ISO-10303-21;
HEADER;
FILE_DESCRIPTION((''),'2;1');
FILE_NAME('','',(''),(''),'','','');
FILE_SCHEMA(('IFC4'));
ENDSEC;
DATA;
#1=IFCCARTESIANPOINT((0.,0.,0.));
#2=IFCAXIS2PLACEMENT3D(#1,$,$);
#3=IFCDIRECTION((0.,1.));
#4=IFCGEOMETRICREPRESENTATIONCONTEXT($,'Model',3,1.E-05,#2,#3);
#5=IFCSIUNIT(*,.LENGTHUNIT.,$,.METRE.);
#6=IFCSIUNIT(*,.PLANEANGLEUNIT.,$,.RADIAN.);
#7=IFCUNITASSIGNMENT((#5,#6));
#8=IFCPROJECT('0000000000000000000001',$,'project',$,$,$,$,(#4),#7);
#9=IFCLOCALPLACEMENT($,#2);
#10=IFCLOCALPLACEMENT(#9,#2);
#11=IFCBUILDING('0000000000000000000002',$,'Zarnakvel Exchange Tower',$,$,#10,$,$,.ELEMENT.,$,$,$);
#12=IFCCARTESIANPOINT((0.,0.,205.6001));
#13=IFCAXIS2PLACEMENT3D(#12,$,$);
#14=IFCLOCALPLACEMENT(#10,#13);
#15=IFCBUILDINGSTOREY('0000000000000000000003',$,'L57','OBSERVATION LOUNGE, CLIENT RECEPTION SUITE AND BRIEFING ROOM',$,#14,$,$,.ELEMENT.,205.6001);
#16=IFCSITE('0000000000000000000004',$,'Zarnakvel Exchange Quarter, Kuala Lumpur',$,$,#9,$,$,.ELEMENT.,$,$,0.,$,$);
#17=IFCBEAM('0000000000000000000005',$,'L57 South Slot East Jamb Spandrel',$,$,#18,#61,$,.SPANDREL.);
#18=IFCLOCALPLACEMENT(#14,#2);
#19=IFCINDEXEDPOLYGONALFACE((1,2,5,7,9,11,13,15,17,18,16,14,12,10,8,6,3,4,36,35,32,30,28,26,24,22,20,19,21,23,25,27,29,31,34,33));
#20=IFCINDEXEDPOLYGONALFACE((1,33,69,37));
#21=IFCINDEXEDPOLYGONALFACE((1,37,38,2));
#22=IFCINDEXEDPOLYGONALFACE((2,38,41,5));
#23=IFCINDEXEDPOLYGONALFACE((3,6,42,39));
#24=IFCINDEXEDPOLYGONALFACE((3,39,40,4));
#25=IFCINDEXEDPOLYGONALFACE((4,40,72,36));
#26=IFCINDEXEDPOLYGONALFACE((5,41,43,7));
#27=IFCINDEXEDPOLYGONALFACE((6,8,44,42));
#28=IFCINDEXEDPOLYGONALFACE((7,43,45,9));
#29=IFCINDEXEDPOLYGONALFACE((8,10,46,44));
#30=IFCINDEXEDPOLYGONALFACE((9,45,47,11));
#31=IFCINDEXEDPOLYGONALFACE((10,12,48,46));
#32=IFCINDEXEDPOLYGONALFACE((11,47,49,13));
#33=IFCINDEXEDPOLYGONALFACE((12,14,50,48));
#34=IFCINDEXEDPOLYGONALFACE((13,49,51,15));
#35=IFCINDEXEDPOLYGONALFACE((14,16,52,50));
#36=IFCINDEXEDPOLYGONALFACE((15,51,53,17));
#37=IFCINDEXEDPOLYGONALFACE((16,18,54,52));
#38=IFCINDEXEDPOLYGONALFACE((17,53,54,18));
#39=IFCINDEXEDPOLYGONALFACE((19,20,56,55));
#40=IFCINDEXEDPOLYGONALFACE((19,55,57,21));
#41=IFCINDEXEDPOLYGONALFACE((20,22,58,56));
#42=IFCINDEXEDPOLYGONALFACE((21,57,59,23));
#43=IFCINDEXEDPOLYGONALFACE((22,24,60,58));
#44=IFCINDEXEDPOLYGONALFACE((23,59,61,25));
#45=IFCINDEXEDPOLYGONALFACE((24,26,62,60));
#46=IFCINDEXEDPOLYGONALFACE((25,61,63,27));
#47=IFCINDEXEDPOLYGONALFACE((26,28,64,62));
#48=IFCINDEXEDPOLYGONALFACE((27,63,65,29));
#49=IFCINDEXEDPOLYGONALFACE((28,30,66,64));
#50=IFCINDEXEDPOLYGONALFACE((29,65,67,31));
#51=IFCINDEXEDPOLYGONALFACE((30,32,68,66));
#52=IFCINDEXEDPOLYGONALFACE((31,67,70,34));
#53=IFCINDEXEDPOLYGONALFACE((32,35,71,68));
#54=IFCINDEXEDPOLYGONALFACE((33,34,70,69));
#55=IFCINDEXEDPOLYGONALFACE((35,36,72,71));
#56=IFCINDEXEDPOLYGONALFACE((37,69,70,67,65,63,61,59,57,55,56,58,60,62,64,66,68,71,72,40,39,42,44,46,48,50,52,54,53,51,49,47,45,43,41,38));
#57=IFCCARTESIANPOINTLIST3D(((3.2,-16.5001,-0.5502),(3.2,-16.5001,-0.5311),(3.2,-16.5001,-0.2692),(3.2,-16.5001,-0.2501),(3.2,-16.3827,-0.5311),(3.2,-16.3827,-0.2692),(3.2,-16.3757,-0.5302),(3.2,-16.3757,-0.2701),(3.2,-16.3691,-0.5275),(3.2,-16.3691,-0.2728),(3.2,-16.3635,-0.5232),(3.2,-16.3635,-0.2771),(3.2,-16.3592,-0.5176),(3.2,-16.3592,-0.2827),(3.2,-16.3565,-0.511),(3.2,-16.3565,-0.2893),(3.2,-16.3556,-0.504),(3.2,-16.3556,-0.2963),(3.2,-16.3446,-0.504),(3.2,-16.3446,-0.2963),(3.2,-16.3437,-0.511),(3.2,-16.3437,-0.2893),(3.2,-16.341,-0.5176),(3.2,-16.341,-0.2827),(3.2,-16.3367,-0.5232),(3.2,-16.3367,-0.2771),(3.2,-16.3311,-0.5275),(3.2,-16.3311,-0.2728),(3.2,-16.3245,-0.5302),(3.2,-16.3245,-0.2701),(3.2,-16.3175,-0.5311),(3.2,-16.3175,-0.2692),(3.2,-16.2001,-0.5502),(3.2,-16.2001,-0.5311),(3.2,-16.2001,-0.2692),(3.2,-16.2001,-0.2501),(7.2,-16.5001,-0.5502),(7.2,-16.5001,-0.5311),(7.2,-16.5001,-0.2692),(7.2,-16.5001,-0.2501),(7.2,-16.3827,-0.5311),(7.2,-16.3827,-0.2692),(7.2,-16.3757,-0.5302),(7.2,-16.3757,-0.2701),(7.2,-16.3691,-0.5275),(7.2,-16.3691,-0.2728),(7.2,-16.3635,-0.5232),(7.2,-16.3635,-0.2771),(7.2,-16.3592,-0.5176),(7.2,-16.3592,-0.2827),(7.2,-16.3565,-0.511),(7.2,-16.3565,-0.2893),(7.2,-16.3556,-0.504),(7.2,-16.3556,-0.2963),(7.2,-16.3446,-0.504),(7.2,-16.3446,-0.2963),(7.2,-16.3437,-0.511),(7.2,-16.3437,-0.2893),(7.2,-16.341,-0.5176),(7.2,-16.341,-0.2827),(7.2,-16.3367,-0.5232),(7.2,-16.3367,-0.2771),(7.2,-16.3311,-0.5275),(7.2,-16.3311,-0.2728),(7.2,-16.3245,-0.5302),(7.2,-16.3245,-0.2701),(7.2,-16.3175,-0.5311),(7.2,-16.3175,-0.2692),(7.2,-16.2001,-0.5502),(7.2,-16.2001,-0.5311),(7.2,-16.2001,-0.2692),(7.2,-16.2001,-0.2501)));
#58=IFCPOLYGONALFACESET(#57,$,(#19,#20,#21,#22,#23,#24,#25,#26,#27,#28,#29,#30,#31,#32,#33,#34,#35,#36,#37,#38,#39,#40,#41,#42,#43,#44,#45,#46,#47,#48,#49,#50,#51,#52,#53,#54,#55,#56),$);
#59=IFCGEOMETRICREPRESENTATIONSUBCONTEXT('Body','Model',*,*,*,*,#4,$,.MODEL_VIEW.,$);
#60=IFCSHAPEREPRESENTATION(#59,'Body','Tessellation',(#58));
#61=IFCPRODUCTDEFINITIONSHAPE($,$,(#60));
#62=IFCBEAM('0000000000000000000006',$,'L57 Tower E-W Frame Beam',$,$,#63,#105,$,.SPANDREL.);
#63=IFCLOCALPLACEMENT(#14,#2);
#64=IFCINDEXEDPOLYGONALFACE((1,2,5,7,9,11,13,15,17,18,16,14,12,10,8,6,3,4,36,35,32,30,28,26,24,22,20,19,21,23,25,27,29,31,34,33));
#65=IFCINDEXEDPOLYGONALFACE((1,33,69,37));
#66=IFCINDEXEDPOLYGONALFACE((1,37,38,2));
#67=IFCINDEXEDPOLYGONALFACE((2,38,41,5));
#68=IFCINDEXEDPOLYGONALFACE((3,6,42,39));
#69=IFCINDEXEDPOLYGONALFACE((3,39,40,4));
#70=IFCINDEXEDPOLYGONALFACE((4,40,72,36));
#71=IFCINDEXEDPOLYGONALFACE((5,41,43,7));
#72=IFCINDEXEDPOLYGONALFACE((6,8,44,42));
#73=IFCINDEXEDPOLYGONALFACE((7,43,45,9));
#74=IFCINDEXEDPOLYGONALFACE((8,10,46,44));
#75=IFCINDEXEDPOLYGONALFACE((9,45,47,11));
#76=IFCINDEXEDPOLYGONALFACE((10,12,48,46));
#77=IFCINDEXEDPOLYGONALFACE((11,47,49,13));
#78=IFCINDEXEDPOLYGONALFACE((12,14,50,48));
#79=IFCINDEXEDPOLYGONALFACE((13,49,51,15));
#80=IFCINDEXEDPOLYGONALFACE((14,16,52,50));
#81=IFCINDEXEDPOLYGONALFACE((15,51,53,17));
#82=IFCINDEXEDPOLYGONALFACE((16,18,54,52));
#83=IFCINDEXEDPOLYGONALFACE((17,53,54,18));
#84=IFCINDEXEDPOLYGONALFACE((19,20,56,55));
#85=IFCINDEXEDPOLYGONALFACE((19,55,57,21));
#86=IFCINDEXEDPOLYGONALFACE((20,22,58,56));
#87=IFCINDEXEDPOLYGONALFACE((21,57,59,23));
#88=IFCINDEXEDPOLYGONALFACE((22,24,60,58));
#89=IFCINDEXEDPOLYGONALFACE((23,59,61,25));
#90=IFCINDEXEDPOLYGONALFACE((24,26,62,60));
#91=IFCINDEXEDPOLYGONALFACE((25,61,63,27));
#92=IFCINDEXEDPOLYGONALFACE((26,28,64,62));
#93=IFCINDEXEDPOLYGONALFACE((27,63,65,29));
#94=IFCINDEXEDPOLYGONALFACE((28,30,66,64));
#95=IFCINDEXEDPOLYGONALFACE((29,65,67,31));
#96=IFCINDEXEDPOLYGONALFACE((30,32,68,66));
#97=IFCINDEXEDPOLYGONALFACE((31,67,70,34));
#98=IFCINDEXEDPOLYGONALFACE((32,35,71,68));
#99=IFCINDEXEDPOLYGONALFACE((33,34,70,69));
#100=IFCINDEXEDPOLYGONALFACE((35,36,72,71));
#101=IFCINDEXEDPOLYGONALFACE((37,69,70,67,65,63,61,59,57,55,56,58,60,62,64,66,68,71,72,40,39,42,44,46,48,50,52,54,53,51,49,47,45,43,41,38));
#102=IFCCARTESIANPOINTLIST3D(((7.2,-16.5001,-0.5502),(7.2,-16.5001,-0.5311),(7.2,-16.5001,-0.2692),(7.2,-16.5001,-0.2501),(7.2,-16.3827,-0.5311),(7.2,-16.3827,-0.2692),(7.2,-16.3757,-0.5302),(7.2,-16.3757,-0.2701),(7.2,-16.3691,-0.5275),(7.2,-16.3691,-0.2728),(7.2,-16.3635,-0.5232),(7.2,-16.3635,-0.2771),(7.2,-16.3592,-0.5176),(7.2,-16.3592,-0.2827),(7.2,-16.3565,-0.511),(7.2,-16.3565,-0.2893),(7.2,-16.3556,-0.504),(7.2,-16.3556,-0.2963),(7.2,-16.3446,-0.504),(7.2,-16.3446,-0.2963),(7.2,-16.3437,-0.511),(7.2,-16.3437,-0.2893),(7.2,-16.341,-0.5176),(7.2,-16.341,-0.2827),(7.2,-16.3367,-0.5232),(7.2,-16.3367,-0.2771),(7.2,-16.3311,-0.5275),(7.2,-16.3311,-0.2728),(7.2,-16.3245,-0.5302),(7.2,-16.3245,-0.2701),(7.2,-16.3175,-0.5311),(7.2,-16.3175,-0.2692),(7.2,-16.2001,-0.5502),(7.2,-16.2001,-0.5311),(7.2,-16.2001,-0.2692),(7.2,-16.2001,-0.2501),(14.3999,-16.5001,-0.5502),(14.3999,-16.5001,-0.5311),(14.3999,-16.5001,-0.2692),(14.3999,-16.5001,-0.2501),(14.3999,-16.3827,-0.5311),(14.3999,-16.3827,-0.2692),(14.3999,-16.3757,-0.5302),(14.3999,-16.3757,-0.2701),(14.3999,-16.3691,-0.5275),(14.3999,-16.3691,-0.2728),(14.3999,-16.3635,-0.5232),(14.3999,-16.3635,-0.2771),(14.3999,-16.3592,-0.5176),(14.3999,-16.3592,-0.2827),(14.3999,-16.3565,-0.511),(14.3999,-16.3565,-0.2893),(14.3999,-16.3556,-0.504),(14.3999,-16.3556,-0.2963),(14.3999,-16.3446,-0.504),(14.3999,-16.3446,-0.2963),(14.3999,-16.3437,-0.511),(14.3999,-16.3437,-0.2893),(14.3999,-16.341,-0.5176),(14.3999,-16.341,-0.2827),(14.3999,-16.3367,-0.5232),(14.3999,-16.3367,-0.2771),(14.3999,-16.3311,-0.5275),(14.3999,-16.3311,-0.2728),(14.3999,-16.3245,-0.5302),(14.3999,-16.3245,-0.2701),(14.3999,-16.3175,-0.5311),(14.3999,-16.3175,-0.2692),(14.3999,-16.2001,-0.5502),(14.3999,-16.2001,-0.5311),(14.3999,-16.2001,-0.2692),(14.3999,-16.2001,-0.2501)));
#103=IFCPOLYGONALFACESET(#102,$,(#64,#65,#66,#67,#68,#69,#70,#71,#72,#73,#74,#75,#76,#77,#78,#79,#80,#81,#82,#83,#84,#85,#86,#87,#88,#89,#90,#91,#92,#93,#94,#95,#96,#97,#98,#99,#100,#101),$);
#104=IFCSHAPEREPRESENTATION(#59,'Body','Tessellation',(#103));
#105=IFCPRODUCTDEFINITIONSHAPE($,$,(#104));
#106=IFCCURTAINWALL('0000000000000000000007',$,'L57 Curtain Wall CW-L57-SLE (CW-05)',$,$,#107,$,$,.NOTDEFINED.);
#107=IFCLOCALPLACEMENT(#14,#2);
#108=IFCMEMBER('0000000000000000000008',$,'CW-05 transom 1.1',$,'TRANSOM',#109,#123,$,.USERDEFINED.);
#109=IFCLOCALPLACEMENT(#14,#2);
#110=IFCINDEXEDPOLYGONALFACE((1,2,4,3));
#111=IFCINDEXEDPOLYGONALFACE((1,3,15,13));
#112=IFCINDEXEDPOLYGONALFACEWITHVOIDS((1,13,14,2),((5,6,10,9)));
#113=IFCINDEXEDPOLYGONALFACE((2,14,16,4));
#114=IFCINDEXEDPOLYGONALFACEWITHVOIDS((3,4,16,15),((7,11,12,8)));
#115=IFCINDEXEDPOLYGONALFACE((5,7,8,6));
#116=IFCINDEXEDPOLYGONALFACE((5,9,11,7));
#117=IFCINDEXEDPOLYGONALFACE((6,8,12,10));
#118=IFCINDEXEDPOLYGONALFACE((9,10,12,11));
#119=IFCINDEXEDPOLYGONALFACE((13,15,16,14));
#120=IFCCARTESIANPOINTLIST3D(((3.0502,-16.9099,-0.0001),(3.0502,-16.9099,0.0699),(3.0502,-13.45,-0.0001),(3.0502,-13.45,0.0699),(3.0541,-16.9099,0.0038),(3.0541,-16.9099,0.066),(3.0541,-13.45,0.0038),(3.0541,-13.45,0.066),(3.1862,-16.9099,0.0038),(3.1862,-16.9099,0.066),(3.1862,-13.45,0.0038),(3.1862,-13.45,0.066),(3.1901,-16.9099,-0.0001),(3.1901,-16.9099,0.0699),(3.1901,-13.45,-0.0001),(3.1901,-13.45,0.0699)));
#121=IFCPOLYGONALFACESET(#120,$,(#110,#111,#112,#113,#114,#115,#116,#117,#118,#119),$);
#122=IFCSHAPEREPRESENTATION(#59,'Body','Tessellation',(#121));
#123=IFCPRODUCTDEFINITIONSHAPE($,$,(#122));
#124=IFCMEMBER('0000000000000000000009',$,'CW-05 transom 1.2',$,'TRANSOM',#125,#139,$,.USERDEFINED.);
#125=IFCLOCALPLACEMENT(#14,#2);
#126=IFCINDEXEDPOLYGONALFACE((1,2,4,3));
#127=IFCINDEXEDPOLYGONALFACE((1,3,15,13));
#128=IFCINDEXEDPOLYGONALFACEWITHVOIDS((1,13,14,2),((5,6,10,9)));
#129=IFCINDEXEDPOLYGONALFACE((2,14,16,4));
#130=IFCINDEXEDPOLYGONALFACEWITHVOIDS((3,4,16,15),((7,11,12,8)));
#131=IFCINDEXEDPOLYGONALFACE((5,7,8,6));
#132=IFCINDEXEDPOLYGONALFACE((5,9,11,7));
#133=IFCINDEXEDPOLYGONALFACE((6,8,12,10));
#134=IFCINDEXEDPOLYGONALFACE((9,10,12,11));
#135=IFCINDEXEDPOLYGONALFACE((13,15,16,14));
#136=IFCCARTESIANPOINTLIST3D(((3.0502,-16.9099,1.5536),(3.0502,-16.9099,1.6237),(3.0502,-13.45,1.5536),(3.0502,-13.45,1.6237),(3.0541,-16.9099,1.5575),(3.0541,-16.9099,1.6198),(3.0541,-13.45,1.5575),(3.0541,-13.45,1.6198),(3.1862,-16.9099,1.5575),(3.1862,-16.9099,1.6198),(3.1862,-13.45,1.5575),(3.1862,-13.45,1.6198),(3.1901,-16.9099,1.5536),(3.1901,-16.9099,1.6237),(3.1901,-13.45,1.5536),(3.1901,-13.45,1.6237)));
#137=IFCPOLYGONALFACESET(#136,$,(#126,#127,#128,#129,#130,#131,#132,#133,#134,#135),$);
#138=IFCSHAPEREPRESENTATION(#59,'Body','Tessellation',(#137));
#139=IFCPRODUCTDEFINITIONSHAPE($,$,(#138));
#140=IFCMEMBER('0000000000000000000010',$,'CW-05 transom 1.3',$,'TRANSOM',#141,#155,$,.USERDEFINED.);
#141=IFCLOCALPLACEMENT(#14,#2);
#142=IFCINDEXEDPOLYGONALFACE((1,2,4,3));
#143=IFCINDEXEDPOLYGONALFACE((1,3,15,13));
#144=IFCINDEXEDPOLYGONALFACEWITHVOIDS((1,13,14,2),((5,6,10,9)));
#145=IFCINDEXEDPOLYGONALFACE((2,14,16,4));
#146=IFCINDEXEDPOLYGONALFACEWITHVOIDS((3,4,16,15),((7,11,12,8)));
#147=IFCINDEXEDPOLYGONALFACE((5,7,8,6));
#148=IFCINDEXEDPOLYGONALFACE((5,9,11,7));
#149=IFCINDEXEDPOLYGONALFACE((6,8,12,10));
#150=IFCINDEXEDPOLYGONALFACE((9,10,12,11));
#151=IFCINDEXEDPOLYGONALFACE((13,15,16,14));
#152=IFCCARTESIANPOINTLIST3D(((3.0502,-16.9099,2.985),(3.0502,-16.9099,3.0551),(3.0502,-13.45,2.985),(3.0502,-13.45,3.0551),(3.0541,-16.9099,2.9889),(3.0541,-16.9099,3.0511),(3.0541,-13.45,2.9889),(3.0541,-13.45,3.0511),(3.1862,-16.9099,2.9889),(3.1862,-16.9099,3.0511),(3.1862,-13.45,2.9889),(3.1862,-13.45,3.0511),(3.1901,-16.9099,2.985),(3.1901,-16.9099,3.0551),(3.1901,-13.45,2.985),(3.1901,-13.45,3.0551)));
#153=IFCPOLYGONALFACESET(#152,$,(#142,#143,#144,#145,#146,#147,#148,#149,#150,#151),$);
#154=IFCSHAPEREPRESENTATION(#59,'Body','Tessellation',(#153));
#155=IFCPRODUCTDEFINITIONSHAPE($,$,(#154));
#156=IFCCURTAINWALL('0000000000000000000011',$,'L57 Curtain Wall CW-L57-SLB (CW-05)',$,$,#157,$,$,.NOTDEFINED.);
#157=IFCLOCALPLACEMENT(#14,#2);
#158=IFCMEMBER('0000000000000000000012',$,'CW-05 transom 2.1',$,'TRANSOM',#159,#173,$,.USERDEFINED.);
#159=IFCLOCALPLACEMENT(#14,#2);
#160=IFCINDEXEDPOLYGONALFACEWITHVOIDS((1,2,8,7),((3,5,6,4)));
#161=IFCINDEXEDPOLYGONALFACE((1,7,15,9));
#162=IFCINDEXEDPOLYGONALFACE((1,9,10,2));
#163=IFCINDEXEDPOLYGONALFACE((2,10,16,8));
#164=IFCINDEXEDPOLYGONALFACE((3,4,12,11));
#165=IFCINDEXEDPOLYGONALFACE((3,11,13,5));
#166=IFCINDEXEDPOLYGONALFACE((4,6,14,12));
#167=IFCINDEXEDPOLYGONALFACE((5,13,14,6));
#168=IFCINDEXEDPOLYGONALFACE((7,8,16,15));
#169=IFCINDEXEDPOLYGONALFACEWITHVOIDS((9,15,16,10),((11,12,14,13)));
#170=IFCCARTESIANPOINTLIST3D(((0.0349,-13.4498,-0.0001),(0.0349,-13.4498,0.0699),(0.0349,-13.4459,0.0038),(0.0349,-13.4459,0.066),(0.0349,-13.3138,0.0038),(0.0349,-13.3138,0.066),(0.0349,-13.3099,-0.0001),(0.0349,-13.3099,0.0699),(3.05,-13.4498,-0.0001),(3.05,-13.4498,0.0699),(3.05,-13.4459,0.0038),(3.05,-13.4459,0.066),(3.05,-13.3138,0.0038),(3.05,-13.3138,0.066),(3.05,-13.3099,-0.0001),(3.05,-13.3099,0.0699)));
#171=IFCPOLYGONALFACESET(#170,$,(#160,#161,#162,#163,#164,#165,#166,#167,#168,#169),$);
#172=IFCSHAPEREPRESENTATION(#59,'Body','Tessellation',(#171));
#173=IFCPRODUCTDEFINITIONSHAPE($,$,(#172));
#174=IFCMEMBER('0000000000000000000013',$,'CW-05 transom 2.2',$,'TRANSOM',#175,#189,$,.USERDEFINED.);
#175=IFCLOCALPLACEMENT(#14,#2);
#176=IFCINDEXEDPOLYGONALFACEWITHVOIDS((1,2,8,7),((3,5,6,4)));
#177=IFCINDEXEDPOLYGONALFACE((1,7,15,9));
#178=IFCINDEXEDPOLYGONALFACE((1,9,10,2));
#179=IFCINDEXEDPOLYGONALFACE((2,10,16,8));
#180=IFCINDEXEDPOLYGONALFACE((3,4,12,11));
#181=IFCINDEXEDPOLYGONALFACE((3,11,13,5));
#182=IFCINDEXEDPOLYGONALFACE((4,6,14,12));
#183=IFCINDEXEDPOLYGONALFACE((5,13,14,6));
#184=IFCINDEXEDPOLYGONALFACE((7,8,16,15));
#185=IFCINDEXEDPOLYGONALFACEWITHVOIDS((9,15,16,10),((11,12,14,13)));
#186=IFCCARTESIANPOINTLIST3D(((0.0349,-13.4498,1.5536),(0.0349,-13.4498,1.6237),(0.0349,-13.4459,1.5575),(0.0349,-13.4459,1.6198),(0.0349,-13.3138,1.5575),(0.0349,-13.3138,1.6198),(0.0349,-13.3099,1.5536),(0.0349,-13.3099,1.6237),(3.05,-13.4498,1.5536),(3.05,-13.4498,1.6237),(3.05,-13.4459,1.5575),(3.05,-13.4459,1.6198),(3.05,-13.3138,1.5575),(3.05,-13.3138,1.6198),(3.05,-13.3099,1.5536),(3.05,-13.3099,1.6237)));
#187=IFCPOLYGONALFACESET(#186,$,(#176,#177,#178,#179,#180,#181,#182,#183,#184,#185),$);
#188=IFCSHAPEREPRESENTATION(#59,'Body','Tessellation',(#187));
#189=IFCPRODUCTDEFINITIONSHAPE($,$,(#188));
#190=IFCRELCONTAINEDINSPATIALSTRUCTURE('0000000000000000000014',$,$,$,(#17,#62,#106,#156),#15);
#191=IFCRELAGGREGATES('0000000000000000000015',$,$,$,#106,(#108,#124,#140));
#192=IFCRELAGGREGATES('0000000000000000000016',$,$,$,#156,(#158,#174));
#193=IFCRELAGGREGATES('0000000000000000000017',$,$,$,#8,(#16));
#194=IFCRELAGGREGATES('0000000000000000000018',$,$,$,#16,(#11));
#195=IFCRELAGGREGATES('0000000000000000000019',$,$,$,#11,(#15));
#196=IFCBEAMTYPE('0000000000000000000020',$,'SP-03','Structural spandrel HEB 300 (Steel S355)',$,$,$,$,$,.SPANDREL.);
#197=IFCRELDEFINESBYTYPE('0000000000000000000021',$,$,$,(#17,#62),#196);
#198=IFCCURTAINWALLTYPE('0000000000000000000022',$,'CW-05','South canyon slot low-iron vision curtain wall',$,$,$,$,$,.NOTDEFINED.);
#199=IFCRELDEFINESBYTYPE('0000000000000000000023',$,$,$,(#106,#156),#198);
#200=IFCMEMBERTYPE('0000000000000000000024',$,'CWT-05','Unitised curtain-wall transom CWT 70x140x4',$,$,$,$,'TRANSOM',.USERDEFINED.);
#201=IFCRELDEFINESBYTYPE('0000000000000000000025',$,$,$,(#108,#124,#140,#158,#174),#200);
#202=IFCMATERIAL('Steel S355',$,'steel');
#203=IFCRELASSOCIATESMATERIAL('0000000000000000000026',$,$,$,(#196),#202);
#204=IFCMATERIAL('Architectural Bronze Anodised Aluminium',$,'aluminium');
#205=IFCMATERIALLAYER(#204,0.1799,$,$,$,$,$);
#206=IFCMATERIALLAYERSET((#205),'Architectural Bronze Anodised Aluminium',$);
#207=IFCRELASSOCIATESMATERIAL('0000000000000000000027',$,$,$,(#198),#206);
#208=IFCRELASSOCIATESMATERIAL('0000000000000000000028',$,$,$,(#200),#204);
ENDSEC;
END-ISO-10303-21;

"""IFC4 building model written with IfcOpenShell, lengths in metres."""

from ifc_helpers import new_model, si_unit, direction, frame, origin, origin_2d, place, context, subcontext, project, spatial, hollow_rectangle, i_section, extrude, source, transform, mapped, material, layer, layer_set, material_profile, profile_set, type_object, element, aggregate, save


model = new_model("IFC4")

# Units and contexts
model_context = context("Model", 3, precision=1e-05, world=origin(), true_north=direction((0.0, 1.0)))
body_context = subcontext(model_context, "Body", "Model", "MODEL_VIEW")
ifc_project = project(units=[si_unit("LENGTHUNIT", "METRE"), si_unit("PLANEANGLEUNIT", "RADIAN")], contexts=[model_context])

# Site, building, storey
site_placement = place(None, origin())
site = spatial("IfcSite", under=ifc_project, at=site_placement, Name="Zarnakvel Exchange Quarter, Kuala Lumpur", CompositionType="ELEMENT", RefElevation=0.0)
building_placement = place(site_placement, origin())
building = spatial("IfcBuilding", under=site, at=building_placement, Name="Zarnakvel Exchange Tower", CompositionType="ELEMENT")
storey_placement = place(building_placement, frame((0.0, 0.0, 205.6001)))
storey = spatial("IfcBuildingStorey", under=building, at=storey_placement, Name="L57", Description="OBSERVATION LOUNGE, CLIENT RECEPTION SUITE AND BRIEFING ROOM", CompositionType="ELEMENT", Elevation=205.6001)

# Beams
ifc_material_1 = material(Name="Steel S355", Category="steel")
ifc_material_profile_1 = material_profile(ifc_material_1, i_section(OverallWidth=0.3, OverallDepth=0.3, WebThickness=0.011, FlangeThickness=0.019, FilletRadius=0.0271, at=origin_2d()))
ifc_profile_set_1 = profile_set([ifc_material_profile_1], Name="Steel S355")
beam_type_1 = type_object("IfcBeamType", Name="SP-03", Description="Structural spandrel HEB 300 (Steel S355)", PredefinedType="SPANDREL", material=ifc_profile_set_1)
beam_1_placement = place(storey_placement, frame((3.2, -16.3501, -0.4001), z_axis=(1.0, 0.0, 0.0), x_axis=(0.0, 1.0, 0.0)))
element("IfcBeam", 1, at=beam_1_placement, inside=storey, type_object=beam_type_1, Name="L57 South Slot East Jamb Spandrel", PredefinedType="SPANDREL", context=body_context, shape_type="SweptSolid", body=[
    extrude(i_section(OverallWidth=0.3, OverallDepth=0.3, WebThickness=0.011, FlangeThickness=0.019, FilletRadius=0.0271, at=origin_2d()), origin(), (0.0, 0.0, 1.0), 4.0),
])
beam_2_placement = place(storey_placement, frame((7.2, -16.3501, -0.4001), z_axis=(1.0, 0.0, 0.0), x_axis=(0.0, 1.0, 0.0)))
element("IfcBeam", 2, at=beam_2_placement, inside=storey, type_object=beam_type_1, Name="L57 Tower E-W Frame Beam", PredefinedType="SPANDREL", context=body_context, shape_type="SweptSolid", body=[
    extrude(i_section(OverallWidth=0.3, OverallDepth=0.3, WebThickness=0.011, FlangeThickness=0.019, FilletRadius=0.0271, at=origin_2d()), origin(), (0.0, 0.0, 1.0), 7.2),
])

# Curtain walls, members
ifc_material_2 = material(Name="Architectural Bronze Anodised Aluminium", Category="aluminium")
ifc_layer_1 = layer(ifc_material_2, 0.1799)
ifc_layer_set_1 = layer_set([ifc_layer_1], Name="Architectural Bronze Anodised Aluminium")
curtain_wall_type = type_object("IfcCurtainWallType", Name="CW-05", Description="South canyon slot low-iron vision curtain wall", PredefinedType="NOTDEFINED", material=ifc_layer_set_1)
curtain_wall_1_placement = place(storey_placement, origin())
curtain_wall_1 = element("IfcCurtainWall", 3, at=curtain_wall_1_placement, inside=storey, type_object=curtain_wall_type, Name="L57 Curtain Wall CW-L57-SLE (CW-05)", PredefinedType="NOTDEFINED")
ifc_material_profile_2 = material_profile(ifc_material_2, hollow_rectangle(XDim=0.1399, YDim=0.0701, WallThickness=0.0039, at=origin_2d()))
ifc_profile_set_2 = profile_set([ifc_material_profile_2], Name="Architectural Bronze Anodised Aluminium")
member_type_1 = type_object("IfcMemberType", Name="CWT-05", Description="Unitised curtain-wall transom CWT 70x140x4", ElementType="TRANSOM", PredefinedType="USERDEFINED", material=ifc_profile_set_2)
shared_shape_1 = source(origin(), body_context, "Body", "SweptSolid", [
    extrude(hollow_rectangle(XDim=0.1399, YDim=0.0701, WallThickness=0.0039, at=origin_2d()), origin(), (0.0, 0.0, 1.0), 3.46),
])
member_1_placement = place(storey_placement, frame((3.1201, -13.45, 0.0349), z_axis=(0.0, -1.0, 0.0), x_axis=(1.0, 0.0, 0.0)))
member_1 = element("IfcMember", 4, at=member_1_placement, type_object=member_type_1, Name="CW-05 transom 1.1", ObjectType="TRANSOM", PredefinedType="USERDEFINED", context=body_context, shape_type="MappedRepresentation", body=[
    mapped(shared_shape_1, transform((0.0, 0.0, 0.0), x_axis=(1.0, 0.0, 0.0), y_axis=(0.0, 1.0, 0.0), z_axis=(0.0, 0.0, 1.0), scale=1.0)),
])
member_2_placement = place(storey_placement, frame((3.1201, -13.45, 1.5886), z_axis=(0.0, -1.0, 0.0), x_axis=(1.0, 0.0, 0.0)))
member_2 = element("IfcMember", 5, at=member_2_placement, type_object=member_type_1, Name="CW-05 transom 1.2", ObjectType="TRANSOM", PredefinedType="USERDEFINED", context=body_context, shape_type="MappedRepresentation", body=[
    mapped(shared_shape_1, transform((0.0, 0.0, 0.0), x_axis=(1.0, 0.0, 0.0), y_axis=(0.0, 1.0, 0.0), z_axis=(0.0, 0.0, 1.0), scale=1.0)),
])
member_3_placement = place(storey_placement, frame((3.1201, -13.45, 3.02), z_axis=(0.0, -1.0, 0.0), x_axis=(1.0, 0.0, 0.0)))
member_3 = element("IfcMember", 6, at=member_3_placement, type_object=member_type_1, Name="CW-05 transom 1.3", ObjectType="TRANSOM", PredefinedType="USERDEFINED", context=body_context, shape_type="MappedRepresentation", body=[
    mapped(shared_shape_1, transform((0.0, 0.0, 0.0), x_axis=(1.0, 0.0, 0.0), y_axis=(0.0, 1.0, 0.0), z_axis=(0.0, 0.0, 1.0), scale=1.0)),
])
curtain_wall_2_placement = place(storey_placement, origin())
curtain_wall_2 = element("IfcCurtainWall", 7, at=curtain_wall_2_placement, inside=storey, type_object=curtain_wall_type, Name="L57 Curtain Wall CW-L57-SLB (CW-05)", PredefinedType="NOTDEFINED")
shared_shape_2 = source(origin(), body_context, "Body", "SweptSolid", [
    extrude(hollow_rectangle(XDim=0.1399, YDim=0.0701, WallThickness=0.0039, at=origin_2d()), origin(), (0.0, 0.0, 1.0), 3.0151),
])
member_4_placement = place(storey_placement, frame((0.0349, -13.3799, 0.0349), z_axis=(1.0, 0.0, 0.0), x_axis=(0.0, 1.0, 0.0)))
member_4 = element("IfcMember", 8, at=member_4_placement, type_object=member_type_1, Name="CW-05 transom 2.1", ObjectType="TRANSOM", PredefinedType="USERDEFINED", context=body_context, shape_type="MappedRepresentation", body=[
    mapped(shared_shape_2, transform((0.0, 0.0, 0.0), x_axis=(1.0, 0.0, 0.0), y_axis=(0.0, 1.0, 0.0), z_axis=(0.0, 0.0, 1.0), scale=1.0)),
])
member_5_placement = place(storey_placement, frame((0.0349, -13.3799, 1.5886), z_axis=(1.0, 0.0, 0.0), x_axis=(0.0, 1.0, 0.0)))
member_5 = element("IfcMember", 9, at=member_5_placement, type_object=member_type_1, Name="CW-05 transom 2.2", ObjectType="TRANSOM", PredefinedType="USERDEFINED", context=body_context, shape_type="MappedRepresentation", body=[
    mapped(shared_shape_2, transform((0.0, 0.0, 0.0), x_axis=(1.0, 0.0, 0.0), y_axis=(0.0, 1.0, 0.0), z_axis=(0.0, 0.0, 1.0), scale=1.0)),
])

aggregate(curtain_wall_1, [member_1, member_2, member_3])
aggregate(curtain_wall_2, [member_4, member_5])

save(model, "model.ifc")
